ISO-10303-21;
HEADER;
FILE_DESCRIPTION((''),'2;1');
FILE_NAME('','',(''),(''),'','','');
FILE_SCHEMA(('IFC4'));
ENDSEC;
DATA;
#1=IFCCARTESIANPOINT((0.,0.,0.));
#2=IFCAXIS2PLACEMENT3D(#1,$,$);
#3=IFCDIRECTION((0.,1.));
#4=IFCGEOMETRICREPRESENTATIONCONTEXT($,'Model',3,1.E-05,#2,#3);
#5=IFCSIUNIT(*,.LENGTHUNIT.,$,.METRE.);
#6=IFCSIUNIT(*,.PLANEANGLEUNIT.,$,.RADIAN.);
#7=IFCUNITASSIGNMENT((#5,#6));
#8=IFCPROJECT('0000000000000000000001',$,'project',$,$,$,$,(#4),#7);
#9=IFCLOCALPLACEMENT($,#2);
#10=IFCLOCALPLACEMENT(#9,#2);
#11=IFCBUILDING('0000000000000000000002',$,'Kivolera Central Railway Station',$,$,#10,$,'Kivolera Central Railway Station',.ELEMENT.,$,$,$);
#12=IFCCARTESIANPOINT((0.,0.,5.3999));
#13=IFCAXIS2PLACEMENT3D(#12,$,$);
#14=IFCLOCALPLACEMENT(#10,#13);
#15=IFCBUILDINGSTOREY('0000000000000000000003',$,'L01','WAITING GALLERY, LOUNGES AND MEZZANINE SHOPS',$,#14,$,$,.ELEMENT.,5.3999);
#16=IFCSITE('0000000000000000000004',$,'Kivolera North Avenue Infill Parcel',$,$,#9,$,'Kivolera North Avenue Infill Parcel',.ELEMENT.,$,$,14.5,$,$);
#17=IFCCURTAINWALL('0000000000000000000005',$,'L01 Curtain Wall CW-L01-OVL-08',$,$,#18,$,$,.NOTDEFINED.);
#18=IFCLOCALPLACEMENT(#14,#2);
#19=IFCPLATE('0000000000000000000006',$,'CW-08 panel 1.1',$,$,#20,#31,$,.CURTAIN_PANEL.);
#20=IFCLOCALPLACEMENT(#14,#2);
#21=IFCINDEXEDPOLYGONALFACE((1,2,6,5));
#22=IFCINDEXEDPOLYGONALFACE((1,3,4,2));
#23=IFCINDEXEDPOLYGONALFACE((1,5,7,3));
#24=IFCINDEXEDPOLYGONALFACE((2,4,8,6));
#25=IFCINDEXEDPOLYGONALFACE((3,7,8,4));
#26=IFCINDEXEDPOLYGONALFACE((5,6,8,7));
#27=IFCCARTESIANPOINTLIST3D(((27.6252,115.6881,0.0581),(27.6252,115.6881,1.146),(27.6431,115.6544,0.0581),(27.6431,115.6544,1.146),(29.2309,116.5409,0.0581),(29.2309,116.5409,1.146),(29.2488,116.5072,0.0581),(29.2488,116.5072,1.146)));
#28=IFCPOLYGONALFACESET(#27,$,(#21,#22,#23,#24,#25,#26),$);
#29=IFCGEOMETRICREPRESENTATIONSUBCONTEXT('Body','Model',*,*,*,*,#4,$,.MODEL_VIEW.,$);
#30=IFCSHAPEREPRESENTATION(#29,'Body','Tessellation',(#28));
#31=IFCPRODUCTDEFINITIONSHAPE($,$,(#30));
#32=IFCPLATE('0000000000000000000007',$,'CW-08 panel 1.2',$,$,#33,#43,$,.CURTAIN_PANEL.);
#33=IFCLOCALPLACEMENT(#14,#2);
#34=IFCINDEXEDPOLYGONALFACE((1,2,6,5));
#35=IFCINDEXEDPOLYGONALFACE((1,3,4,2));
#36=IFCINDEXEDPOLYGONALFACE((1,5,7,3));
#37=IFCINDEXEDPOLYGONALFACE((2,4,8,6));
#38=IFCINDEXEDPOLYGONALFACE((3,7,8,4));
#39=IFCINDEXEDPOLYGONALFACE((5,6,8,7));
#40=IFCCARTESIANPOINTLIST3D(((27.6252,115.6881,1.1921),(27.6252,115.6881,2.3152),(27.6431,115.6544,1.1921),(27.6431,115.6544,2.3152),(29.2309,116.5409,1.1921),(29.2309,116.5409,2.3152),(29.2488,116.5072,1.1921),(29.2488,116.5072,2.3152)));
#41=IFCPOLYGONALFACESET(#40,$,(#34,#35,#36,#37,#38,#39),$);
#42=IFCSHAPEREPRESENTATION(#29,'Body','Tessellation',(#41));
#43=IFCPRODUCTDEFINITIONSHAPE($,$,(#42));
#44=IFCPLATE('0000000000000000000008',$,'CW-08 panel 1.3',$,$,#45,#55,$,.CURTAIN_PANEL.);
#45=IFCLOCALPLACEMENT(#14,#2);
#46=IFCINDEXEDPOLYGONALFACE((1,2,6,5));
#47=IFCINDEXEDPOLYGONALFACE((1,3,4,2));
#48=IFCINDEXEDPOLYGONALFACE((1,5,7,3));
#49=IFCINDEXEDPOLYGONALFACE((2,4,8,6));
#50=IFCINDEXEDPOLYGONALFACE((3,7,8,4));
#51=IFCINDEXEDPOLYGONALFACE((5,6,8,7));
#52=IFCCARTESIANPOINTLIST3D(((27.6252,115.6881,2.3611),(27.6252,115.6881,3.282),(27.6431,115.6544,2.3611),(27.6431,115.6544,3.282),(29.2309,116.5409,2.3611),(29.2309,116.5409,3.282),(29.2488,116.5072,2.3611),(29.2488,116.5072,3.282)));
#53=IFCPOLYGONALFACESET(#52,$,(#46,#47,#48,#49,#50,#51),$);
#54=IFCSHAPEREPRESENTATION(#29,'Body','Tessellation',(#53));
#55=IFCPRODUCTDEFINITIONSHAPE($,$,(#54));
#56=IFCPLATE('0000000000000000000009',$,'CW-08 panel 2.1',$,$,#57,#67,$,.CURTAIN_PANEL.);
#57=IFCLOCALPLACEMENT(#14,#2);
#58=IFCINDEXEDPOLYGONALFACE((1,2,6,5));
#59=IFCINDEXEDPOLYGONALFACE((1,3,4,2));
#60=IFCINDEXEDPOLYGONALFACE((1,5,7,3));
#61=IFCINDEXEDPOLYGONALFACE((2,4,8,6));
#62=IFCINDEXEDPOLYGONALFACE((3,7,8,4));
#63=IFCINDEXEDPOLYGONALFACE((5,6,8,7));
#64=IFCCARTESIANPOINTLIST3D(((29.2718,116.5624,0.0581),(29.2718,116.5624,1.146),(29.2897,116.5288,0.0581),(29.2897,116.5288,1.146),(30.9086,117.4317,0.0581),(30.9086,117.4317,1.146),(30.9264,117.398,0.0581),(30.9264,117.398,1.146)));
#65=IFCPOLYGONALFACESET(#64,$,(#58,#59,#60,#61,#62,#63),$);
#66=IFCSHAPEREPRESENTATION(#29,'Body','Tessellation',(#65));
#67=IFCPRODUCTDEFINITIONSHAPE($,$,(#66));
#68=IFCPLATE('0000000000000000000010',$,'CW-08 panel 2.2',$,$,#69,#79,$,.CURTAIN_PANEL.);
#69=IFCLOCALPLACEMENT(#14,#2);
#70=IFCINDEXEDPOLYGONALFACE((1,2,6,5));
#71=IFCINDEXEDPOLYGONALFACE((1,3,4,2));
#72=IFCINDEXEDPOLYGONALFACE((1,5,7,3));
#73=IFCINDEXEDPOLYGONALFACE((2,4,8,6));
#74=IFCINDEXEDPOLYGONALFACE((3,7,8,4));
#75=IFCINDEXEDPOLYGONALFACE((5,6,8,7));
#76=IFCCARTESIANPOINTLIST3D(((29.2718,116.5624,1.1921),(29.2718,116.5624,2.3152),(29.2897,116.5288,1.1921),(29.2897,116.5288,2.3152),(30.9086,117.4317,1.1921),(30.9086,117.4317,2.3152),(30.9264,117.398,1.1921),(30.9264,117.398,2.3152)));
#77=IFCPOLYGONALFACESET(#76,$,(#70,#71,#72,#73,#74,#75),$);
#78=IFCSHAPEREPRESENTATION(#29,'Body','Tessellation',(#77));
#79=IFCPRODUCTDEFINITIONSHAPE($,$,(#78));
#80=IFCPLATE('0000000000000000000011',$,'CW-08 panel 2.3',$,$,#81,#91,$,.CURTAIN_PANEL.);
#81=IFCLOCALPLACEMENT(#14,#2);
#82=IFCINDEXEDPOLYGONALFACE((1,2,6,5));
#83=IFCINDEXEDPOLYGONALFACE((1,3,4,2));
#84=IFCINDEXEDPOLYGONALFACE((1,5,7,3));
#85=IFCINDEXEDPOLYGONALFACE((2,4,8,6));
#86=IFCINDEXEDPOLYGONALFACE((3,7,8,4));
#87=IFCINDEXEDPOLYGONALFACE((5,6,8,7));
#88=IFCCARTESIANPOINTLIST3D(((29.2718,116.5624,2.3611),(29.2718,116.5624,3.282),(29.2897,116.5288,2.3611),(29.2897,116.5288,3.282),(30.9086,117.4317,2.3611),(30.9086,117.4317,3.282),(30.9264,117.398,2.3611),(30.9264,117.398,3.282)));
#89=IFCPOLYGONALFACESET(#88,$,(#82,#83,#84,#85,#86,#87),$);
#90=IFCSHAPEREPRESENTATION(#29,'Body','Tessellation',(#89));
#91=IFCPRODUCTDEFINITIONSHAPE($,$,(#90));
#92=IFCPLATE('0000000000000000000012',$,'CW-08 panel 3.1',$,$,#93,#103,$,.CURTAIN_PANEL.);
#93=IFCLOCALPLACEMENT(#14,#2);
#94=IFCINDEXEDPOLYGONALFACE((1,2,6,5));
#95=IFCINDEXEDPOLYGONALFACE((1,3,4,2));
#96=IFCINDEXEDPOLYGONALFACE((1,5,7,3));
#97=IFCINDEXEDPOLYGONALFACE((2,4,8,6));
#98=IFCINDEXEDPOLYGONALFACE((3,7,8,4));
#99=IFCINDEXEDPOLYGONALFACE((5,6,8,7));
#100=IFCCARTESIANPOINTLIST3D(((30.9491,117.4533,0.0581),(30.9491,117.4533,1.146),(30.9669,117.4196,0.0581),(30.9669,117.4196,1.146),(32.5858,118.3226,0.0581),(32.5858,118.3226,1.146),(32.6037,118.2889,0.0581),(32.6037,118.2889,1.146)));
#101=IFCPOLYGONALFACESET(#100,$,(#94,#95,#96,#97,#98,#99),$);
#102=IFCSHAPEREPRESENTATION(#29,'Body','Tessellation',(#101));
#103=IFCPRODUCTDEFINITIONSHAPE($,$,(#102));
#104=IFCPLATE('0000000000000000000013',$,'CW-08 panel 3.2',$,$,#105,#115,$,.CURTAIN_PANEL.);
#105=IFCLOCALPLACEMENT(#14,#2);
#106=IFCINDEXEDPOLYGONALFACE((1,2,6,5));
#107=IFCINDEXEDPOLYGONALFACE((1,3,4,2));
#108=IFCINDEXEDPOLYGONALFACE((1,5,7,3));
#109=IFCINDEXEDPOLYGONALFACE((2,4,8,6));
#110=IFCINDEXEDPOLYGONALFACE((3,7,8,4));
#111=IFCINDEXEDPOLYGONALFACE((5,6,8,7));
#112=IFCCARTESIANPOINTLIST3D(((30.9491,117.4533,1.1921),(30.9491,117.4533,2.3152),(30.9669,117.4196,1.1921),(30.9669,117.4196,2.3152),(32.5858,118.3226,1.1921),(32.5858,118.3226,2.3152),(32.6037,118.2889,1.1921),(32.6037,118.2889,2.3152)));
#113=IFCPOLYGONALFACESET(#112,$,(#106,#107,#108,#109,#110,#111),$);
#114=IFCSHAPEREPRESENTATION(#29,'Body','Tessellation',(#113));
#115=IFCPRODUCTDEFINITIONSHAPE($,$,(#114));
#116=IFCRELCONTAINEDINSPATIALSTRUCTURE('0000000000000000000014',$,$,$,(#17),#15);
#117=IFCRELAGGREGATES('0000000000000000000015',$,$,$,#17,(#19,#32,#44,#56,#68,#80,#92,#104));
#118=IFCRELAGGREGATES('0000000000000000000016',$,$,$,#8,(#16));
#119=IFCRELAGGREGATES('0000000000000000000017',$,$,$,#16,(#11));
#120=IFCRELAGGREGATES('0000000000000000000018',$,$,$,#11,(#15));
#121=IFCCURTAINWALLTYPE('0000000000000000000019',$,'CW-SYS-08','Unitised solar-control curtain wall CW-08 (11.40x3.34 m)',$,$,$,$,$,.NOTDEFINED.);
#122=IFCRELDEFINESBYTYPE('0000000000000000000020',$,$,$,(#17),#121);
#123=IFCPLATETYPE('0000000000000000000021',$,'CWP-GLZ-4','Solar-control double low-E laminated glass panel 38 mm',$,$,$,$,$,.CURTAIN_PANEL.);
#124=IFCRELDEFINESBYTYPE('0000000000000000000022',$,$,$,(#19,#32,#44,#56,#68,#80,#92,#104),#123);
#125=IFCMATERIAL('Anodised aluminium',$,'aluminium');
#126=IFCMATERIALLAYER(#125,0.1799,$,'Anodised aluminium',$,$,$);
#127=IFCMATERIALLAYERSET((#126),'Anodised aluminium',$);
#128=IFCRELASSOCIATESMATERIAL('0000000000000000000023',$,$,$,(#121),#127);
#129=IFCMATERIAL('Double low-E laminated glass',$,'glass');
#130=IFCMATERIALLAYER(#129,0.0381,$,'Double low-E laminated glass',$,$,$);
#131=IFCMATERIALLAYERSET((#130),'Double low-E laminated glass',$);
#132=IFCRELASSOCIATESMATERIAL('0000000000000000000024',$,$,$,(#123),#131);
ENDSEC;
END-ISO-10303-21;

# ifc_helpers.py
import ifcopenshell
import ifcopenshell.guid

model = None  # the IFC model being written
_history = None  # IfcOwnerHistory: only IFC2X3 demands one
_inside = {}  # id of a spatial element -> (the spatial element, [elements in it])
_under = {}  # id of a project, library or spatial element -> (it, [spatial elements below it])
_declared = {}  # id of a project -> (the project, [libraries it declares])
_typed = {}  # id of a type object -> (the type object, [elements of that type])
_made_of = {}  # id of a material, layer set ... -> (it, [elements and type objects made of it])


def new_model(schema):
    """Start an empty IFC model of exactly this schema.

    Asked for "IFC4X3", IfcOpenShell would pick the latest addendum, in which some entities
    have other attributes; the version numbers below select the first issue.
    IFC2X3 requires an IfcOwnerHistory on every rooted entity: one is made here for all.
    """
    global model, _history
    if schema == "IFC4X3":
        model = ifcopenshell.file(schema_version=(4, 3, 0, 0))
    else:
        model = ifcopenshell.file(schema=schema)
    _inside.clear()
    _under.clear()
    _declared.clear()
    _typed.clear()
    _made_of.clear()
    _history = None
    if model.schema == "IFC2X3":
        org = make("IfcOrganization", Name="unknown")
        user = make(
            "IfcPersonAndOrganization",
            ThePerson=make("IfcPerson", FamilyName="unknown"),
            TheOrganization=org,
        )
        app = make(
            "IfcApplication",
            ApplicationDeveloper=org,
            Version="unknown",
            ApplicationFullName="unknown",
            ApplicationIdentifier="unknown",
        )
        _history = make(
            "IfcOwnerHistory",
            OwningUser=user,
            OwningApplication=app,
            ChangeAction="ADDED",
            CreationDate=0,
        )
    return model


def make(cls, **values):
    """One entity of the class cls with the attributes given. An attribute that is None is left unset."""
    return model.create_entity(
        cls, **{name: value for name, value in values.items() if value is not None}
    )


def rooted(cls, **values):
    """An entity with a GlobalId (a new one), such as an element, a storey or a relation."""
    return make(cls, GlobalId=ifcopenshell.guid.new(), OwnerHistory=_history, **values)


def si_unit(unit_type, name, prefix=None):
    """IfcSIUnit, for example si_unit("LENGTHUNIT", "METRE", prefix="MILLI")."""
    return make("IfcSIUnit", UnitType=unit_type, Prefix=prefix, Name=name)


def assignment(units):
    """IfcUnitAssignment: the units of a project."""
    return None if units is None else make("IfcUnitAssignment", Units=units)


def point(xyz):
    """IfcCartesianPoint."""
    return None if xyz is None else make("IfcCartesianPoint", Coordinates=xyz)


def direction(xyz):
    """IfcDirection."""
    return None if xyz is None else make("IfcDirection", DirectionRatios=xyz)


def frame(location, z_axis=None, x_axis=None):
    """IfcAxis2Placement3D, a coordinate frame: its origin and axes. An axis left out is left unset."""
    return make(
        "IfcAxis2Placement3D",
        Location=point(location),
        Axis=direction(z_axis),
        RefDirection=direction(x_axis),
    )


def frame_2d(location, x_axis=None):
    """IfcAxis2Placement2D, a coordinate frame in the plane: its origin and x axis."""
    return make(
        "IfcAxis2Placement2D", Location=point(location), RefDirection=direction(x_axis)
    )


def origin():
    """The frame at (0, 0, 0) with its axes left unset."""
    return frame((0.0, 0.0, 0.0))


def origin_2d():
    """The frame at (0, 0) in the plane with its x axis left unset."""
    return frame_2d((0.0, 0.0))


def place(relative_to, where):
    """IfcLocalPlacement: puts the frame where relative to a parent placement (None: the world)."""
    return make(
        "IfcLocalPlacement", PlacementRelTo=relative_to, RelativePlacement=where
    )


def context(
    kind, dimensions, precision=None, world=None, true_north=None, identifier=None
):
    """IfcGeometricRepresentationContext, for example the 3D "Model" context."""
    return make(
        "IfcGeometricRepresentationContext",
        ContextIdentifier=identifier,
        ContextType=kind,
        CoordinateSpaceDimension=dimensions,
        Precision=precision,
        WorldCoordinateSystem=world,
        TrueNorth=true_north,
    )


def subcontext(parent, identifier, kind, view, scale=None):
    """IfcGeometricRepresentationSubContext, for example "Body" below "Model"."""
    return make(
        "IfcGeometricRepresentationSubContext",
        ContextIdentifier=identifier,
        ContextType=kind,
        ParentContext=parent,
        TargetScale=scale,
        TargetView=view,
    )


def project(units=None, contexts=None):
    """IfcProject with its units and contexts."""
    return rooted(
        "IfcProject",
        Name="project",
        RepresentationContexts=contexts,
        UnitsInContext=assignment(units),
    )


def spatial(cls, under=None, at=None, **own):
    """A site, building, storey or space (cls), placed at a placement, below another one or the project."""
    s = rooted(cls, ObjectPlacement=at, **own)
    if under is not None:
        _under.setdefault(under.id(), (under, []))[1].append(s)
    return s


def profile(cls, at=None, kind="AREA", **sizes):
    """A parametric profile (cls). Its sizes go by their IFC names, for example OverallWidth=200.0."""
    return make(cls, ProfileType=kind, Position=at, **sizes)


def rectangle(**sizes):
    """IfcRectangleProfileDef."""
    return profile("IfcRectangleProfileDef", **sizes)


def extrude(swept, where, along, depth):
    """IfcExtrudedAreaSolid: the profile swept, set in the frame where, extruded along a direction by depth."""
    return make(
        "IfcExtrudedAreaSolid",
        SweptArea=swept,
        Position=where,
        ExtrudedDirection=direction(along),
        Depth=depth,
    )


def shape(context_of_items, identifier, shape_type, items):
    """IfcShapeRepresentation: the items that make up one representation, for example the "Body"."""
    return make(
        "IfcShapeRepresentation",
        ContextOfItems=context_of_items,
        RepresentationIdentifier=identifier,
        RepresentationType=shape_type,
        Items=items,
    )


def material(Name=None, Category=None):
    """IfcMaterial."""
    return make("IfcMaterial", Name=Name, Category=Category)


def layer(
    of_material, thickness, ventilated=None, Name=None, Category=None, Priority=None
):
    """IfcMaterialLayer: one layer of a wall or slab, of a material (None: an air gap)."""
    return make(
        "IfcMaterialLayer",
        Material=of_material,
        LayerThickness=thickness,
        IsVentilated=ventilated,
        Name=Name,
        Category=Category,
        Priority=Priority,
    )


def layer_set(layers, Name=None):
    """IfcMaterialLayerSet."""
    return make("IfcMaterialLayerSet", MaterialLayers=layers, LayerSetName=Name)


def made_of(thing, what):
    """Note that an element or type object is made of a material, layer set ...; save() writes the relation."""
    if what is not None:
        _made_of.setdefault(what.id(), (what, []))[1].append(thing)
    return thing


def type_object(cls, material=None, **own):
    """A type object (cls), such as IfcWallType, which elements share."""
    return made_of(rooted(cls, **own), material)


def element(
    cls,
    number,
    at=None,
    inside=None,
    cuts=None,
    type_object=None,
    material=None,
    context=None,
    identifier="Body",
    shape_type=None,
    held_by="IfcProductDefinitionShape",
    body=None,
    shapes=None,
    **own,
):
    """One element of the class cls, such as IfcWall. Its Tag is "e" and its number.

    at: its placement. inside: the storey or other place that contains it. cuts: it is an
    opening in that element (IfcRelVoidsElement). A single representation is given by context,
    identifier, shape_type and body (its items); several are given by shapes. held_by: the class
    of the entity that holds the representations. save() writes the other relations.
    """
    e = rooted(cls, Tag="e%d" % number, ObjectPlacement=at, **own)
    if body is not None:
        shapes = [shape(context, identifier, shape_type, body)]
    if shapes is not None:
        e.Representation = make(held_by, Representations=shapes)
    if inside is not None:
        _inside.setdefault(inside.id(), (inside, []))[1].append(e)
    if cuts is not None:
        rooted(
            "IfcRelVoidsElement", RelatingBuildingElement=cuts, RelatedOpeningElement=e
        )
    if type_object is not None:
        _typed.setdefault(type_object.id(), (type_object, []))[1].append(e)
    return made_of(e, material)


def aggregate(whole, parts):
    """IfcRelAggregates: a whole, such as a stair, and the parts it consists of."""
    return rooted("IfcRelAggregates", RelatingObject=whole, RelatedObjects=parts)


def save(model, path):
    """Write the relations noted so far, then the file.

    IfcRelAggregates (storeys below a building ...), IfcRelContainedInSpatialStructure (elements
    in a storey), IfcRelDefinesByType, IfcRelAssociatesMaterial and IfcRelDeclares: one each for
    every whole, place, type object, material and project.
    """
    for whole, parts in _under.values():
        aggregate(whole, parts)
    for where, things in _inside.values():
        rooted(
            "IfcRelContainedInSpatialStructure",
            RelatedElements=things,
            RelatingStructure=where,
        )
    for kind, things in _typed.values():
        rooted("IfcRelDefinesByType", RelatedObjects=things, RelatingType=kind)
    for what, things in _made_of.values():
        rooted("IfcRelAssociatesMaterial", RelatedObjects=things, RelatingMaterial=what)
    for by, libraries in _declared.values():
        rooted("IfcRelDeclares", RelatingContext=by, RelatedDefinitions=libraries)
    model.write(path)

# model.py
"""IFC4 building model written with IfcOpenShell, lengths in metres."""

from ifc_helpers import new_model, si_unit, direction, frame, origin, origin_2d, place, context, subcontext, project, spatial, rectangle, extrude, material, layer, layer_set, type_object, element, aggregate, save


model = new_model("IFC4")

# Units and contexts
model_context = context("Model", 3, precision=1e-05, world=origin(), true_north=direction((0.0, 1.0)))
body_context = subcontext(model_context, "Body", "Model", "MODEL_VIEW")
ifc_project = project(units=[si_unit("LENGTHUNIT", "METRE"), si_unit("PLANEANGLEUNIT", "RADIAN")], contexts=[model_context])

# Site, building, storey
site_placement = place(None, origin())
site = spatial("IfcSite", under=ifc_project, at=site_placement, Name="Kivolera North Avenue Infill Parcel", LongName="Kivolera North Avenue Infill Parcel", CompositionType="ELEMENT", RefElevation=14.5)
building_placement = place(site_placement, origin())
building = spatial("IfcBuilding", under=site, at=building_placement, Name="Kivolera Central Railway Station", LongName="Kivolera Central Railway Station", CompositionType="ELEMENT")
storey_placement = place(building_placement, frame((0.0, 0.0, 5.3999)))
storey = spatial("IfcBuildingStorey", under=building, at=storey_placement, Name="L01", Description="WAITING GALLERY, LOUNGES AND MEZZANINE SHOPS", CompositionType="ELEMENT", Elevation=5.3999)

# Curtain wall, plates
ifc_material_1 = material(Name="Anodised aluminium", Category="aluminium")
ifc_layer_1 = layer(ifc_material_1, 0.1799, Name="Anodised aluminium")
ifc_layer_set_1 = layer_set([ifc_layer_1], Name="Anodised aluminium")
curtain_wall_type = type_object("IfcCurtainWallType", Name="CW-SYS-08", Description="Unitised solar-control curtain wall CW-08 (11.40x3.34 m)", PredefinedType="NOTDEFINED", material=ifc_layer_set_1)
curtain_wall_placement = place(storey_placement, origin())
curtain_wall = element("IfcCurtainWall", 1, at=curtain_wall_placement, inside=storey, type_object=curtain_wall_type, Name="L01 Curtain Wall CW-L01-OVL-08", PredefinedType="NOTDEFINED")
ifc_material_2 = material(Name="Double low-E laminated glass", Category="glass")
ifc_layer_2 = layer(ifc_material_2, 0.0381, Name="Double low-E laminated glass")
ifc_layer_set_2 = layer_set([ifc_layer_2], Name="Double low-E laminated glass")
plate_type = type_object("IfcPlateType", Name="CWP-GLZ-4", Description="Solar-control double low-E laminated glass panel 38 mm", PredefinedType="CURTAIN_PANEL", material=ifc_layer_set_2)
plate_1_placement = place(storey_placement, frame((28.437, 116.0977, 0.0581), z_axis=(0.0, 0.0, 1.0), x_axis=(0.88317, 0.469053, 0.0)))
plate_1 = element("IfcPlate", 2, at=plate_1_placement, type_object=plate_type, Name="CW-08 panel 1.1", PredefinedType="CURTAIN_PANEL", context=body_context, shape_type="SweptSolid", body=[
    extrude(rectangle(XDim=1.8181, YDim=0.0381, at=origin_2d()), origin(), (0.0, 0.0, 1.0), 1.0879),
])
plate_2_placement = place(storey_placement, frame((28.437, 116.0977, 1.1921), z_axis=(0.0, 0.0, 1.0), x_axis=(0.88317, 0.469053, 0.0)))
plate_2 = element("IfcPlate", 3, at=plate_2_placement, type_object=plate_type, Name="CW-08 panel 1.2", PredefinedType="CURTAIN_PANEL", context=body_context, shape_type="SweptSolid", body=[
    extrude(rectangle(XDim=1.8181, YDim=0.0381, at=origin_2d()), origin(), (0.0, 0.0, 1.0), 1.123),
])
plate_3_placement = place(storey_placement, frame((28.437, 116.0977, 2.3611), z_axis=(0.0, 0.0, 1.0), x_axis=(0.88317, 0.469053, 0.0)))
plate_3 = element("IfcPlate", 4, at=plate_3_placement, type_object=plate_type, Name="CW-08 panel 1.3", PredefinedType="CURTAIN_PANEL", context=body_context, shape_type="SweptSolid", body=[
    extrude(rectangle(XDim=1.8181, YDim=0.0381, at=origin_2d()), origin(), (0.0, 0.0, 1.0), 0.9209),
])
plate_4_placement = place(storey_placement, frame((30.0991, 116.9802, 0.0581), z_axis=(0.0, 0.0, 1.0), x_axis=(0.88317, 0.469053, 0.0)))
plate_4 = element("IfcPlate", 5, at=plate_4_placement, type_object=plate_type, Name="CW-08 panel 2.1", PredefinedType="CURTAIN_PANEL", context=body_context, shape_type="SweptSolid", body=[
    extrude(rectangle(XDim=1.8533, YDim=0.0381, at=origin_2d()), origin(), (0.0, 0.0, 1.0), 1.0879),
])
plate_5_placement = place(storey_placement, frame((30.0991, 116.9802, 1.1921), z_axis=(0.0, 0.0, 1.0), x_axis=(0.88317, 0.469053, 0.0)))
plate_5 = element("IfcPlate", 6, at=plate_5_placement, type_object=plate_type, Name="CW-08 panel 2.2", PredefinedType="CURTAIN_PANEL", context=body_context, shape_type="SweptSolid", body=[
    extrude(rectangle(XDim=1.8533, YDim=0.0381, at=origin_2d()), origin(), (0.0, 0.0, 1.0), 1.123),
])
plate_6_placement = place(storey_placement, frame((30.0991, 116.9802, 2.3611), z_axis=(0.0, 0.0, 1.0), x_axis=(0.88317, 0.469053, 0.0)))
plate_6 = element("IfcPlate", 7, at=plate_6_placement, type_object=plate_type, Name="CW-08 panel 2.3", PredefinedType="CURTAIN_PANEL", context=body_context, shape_type="SweptSolid", body=[
    extrude(rectangle(XDim=1.8533, YDim=0.0381, at=origin_2d()), origin(), (0.0, 0.0, 1.0), 0.9209),
])
plate_7_placement = place(storey_placement, frame((31.7764, 117.8711, 0.0581), z_axis=(0.0, 0.0, 1.0), x_axis=(0.88317, 0.469053, 0.0)))
plate_7 = element("IfcPlate", 8, at=plate_7_placement, type_object=plate_type, Name="CW-08 panel 3.1", PredefinedType="CURTAIN_PANEL", context=body_context, shape_type="SweptSolid", body=[
    extrude(rectangle(XDim=1.8533, YDim=0.0381, at=origin_2d()), origin(), (0.0, 0.0, 1.0), 1.0879),
])
plate_8_placement = place(storey_placement, frame((31.7764, 117.8711, 1.1921), z_axis=(0.0, 0.0, 1.0), x_axis=(0.88317, 0.469053, 0.0)))
plate_8 = element("IfcPlate", 9, at=plate_8_placement, type_object=plate_type, Name="CW-08 panel 3.2", PredefinedType="CURTAIN_PANEL", context=body_context, shape_type="SweptSolid", body=[
    extrude(rectangle(XDim=1.8533, YDim=0.0381, at=origin_2d()), origin(), (0.0, 0.0, 1.0), 1.123),
])
aggregate(curtain_wall, [plate_1, plate_2, plate_3, plate_4, plate_5, plate_6, plate_7, plate_8])

save(model, "model.ifc")
